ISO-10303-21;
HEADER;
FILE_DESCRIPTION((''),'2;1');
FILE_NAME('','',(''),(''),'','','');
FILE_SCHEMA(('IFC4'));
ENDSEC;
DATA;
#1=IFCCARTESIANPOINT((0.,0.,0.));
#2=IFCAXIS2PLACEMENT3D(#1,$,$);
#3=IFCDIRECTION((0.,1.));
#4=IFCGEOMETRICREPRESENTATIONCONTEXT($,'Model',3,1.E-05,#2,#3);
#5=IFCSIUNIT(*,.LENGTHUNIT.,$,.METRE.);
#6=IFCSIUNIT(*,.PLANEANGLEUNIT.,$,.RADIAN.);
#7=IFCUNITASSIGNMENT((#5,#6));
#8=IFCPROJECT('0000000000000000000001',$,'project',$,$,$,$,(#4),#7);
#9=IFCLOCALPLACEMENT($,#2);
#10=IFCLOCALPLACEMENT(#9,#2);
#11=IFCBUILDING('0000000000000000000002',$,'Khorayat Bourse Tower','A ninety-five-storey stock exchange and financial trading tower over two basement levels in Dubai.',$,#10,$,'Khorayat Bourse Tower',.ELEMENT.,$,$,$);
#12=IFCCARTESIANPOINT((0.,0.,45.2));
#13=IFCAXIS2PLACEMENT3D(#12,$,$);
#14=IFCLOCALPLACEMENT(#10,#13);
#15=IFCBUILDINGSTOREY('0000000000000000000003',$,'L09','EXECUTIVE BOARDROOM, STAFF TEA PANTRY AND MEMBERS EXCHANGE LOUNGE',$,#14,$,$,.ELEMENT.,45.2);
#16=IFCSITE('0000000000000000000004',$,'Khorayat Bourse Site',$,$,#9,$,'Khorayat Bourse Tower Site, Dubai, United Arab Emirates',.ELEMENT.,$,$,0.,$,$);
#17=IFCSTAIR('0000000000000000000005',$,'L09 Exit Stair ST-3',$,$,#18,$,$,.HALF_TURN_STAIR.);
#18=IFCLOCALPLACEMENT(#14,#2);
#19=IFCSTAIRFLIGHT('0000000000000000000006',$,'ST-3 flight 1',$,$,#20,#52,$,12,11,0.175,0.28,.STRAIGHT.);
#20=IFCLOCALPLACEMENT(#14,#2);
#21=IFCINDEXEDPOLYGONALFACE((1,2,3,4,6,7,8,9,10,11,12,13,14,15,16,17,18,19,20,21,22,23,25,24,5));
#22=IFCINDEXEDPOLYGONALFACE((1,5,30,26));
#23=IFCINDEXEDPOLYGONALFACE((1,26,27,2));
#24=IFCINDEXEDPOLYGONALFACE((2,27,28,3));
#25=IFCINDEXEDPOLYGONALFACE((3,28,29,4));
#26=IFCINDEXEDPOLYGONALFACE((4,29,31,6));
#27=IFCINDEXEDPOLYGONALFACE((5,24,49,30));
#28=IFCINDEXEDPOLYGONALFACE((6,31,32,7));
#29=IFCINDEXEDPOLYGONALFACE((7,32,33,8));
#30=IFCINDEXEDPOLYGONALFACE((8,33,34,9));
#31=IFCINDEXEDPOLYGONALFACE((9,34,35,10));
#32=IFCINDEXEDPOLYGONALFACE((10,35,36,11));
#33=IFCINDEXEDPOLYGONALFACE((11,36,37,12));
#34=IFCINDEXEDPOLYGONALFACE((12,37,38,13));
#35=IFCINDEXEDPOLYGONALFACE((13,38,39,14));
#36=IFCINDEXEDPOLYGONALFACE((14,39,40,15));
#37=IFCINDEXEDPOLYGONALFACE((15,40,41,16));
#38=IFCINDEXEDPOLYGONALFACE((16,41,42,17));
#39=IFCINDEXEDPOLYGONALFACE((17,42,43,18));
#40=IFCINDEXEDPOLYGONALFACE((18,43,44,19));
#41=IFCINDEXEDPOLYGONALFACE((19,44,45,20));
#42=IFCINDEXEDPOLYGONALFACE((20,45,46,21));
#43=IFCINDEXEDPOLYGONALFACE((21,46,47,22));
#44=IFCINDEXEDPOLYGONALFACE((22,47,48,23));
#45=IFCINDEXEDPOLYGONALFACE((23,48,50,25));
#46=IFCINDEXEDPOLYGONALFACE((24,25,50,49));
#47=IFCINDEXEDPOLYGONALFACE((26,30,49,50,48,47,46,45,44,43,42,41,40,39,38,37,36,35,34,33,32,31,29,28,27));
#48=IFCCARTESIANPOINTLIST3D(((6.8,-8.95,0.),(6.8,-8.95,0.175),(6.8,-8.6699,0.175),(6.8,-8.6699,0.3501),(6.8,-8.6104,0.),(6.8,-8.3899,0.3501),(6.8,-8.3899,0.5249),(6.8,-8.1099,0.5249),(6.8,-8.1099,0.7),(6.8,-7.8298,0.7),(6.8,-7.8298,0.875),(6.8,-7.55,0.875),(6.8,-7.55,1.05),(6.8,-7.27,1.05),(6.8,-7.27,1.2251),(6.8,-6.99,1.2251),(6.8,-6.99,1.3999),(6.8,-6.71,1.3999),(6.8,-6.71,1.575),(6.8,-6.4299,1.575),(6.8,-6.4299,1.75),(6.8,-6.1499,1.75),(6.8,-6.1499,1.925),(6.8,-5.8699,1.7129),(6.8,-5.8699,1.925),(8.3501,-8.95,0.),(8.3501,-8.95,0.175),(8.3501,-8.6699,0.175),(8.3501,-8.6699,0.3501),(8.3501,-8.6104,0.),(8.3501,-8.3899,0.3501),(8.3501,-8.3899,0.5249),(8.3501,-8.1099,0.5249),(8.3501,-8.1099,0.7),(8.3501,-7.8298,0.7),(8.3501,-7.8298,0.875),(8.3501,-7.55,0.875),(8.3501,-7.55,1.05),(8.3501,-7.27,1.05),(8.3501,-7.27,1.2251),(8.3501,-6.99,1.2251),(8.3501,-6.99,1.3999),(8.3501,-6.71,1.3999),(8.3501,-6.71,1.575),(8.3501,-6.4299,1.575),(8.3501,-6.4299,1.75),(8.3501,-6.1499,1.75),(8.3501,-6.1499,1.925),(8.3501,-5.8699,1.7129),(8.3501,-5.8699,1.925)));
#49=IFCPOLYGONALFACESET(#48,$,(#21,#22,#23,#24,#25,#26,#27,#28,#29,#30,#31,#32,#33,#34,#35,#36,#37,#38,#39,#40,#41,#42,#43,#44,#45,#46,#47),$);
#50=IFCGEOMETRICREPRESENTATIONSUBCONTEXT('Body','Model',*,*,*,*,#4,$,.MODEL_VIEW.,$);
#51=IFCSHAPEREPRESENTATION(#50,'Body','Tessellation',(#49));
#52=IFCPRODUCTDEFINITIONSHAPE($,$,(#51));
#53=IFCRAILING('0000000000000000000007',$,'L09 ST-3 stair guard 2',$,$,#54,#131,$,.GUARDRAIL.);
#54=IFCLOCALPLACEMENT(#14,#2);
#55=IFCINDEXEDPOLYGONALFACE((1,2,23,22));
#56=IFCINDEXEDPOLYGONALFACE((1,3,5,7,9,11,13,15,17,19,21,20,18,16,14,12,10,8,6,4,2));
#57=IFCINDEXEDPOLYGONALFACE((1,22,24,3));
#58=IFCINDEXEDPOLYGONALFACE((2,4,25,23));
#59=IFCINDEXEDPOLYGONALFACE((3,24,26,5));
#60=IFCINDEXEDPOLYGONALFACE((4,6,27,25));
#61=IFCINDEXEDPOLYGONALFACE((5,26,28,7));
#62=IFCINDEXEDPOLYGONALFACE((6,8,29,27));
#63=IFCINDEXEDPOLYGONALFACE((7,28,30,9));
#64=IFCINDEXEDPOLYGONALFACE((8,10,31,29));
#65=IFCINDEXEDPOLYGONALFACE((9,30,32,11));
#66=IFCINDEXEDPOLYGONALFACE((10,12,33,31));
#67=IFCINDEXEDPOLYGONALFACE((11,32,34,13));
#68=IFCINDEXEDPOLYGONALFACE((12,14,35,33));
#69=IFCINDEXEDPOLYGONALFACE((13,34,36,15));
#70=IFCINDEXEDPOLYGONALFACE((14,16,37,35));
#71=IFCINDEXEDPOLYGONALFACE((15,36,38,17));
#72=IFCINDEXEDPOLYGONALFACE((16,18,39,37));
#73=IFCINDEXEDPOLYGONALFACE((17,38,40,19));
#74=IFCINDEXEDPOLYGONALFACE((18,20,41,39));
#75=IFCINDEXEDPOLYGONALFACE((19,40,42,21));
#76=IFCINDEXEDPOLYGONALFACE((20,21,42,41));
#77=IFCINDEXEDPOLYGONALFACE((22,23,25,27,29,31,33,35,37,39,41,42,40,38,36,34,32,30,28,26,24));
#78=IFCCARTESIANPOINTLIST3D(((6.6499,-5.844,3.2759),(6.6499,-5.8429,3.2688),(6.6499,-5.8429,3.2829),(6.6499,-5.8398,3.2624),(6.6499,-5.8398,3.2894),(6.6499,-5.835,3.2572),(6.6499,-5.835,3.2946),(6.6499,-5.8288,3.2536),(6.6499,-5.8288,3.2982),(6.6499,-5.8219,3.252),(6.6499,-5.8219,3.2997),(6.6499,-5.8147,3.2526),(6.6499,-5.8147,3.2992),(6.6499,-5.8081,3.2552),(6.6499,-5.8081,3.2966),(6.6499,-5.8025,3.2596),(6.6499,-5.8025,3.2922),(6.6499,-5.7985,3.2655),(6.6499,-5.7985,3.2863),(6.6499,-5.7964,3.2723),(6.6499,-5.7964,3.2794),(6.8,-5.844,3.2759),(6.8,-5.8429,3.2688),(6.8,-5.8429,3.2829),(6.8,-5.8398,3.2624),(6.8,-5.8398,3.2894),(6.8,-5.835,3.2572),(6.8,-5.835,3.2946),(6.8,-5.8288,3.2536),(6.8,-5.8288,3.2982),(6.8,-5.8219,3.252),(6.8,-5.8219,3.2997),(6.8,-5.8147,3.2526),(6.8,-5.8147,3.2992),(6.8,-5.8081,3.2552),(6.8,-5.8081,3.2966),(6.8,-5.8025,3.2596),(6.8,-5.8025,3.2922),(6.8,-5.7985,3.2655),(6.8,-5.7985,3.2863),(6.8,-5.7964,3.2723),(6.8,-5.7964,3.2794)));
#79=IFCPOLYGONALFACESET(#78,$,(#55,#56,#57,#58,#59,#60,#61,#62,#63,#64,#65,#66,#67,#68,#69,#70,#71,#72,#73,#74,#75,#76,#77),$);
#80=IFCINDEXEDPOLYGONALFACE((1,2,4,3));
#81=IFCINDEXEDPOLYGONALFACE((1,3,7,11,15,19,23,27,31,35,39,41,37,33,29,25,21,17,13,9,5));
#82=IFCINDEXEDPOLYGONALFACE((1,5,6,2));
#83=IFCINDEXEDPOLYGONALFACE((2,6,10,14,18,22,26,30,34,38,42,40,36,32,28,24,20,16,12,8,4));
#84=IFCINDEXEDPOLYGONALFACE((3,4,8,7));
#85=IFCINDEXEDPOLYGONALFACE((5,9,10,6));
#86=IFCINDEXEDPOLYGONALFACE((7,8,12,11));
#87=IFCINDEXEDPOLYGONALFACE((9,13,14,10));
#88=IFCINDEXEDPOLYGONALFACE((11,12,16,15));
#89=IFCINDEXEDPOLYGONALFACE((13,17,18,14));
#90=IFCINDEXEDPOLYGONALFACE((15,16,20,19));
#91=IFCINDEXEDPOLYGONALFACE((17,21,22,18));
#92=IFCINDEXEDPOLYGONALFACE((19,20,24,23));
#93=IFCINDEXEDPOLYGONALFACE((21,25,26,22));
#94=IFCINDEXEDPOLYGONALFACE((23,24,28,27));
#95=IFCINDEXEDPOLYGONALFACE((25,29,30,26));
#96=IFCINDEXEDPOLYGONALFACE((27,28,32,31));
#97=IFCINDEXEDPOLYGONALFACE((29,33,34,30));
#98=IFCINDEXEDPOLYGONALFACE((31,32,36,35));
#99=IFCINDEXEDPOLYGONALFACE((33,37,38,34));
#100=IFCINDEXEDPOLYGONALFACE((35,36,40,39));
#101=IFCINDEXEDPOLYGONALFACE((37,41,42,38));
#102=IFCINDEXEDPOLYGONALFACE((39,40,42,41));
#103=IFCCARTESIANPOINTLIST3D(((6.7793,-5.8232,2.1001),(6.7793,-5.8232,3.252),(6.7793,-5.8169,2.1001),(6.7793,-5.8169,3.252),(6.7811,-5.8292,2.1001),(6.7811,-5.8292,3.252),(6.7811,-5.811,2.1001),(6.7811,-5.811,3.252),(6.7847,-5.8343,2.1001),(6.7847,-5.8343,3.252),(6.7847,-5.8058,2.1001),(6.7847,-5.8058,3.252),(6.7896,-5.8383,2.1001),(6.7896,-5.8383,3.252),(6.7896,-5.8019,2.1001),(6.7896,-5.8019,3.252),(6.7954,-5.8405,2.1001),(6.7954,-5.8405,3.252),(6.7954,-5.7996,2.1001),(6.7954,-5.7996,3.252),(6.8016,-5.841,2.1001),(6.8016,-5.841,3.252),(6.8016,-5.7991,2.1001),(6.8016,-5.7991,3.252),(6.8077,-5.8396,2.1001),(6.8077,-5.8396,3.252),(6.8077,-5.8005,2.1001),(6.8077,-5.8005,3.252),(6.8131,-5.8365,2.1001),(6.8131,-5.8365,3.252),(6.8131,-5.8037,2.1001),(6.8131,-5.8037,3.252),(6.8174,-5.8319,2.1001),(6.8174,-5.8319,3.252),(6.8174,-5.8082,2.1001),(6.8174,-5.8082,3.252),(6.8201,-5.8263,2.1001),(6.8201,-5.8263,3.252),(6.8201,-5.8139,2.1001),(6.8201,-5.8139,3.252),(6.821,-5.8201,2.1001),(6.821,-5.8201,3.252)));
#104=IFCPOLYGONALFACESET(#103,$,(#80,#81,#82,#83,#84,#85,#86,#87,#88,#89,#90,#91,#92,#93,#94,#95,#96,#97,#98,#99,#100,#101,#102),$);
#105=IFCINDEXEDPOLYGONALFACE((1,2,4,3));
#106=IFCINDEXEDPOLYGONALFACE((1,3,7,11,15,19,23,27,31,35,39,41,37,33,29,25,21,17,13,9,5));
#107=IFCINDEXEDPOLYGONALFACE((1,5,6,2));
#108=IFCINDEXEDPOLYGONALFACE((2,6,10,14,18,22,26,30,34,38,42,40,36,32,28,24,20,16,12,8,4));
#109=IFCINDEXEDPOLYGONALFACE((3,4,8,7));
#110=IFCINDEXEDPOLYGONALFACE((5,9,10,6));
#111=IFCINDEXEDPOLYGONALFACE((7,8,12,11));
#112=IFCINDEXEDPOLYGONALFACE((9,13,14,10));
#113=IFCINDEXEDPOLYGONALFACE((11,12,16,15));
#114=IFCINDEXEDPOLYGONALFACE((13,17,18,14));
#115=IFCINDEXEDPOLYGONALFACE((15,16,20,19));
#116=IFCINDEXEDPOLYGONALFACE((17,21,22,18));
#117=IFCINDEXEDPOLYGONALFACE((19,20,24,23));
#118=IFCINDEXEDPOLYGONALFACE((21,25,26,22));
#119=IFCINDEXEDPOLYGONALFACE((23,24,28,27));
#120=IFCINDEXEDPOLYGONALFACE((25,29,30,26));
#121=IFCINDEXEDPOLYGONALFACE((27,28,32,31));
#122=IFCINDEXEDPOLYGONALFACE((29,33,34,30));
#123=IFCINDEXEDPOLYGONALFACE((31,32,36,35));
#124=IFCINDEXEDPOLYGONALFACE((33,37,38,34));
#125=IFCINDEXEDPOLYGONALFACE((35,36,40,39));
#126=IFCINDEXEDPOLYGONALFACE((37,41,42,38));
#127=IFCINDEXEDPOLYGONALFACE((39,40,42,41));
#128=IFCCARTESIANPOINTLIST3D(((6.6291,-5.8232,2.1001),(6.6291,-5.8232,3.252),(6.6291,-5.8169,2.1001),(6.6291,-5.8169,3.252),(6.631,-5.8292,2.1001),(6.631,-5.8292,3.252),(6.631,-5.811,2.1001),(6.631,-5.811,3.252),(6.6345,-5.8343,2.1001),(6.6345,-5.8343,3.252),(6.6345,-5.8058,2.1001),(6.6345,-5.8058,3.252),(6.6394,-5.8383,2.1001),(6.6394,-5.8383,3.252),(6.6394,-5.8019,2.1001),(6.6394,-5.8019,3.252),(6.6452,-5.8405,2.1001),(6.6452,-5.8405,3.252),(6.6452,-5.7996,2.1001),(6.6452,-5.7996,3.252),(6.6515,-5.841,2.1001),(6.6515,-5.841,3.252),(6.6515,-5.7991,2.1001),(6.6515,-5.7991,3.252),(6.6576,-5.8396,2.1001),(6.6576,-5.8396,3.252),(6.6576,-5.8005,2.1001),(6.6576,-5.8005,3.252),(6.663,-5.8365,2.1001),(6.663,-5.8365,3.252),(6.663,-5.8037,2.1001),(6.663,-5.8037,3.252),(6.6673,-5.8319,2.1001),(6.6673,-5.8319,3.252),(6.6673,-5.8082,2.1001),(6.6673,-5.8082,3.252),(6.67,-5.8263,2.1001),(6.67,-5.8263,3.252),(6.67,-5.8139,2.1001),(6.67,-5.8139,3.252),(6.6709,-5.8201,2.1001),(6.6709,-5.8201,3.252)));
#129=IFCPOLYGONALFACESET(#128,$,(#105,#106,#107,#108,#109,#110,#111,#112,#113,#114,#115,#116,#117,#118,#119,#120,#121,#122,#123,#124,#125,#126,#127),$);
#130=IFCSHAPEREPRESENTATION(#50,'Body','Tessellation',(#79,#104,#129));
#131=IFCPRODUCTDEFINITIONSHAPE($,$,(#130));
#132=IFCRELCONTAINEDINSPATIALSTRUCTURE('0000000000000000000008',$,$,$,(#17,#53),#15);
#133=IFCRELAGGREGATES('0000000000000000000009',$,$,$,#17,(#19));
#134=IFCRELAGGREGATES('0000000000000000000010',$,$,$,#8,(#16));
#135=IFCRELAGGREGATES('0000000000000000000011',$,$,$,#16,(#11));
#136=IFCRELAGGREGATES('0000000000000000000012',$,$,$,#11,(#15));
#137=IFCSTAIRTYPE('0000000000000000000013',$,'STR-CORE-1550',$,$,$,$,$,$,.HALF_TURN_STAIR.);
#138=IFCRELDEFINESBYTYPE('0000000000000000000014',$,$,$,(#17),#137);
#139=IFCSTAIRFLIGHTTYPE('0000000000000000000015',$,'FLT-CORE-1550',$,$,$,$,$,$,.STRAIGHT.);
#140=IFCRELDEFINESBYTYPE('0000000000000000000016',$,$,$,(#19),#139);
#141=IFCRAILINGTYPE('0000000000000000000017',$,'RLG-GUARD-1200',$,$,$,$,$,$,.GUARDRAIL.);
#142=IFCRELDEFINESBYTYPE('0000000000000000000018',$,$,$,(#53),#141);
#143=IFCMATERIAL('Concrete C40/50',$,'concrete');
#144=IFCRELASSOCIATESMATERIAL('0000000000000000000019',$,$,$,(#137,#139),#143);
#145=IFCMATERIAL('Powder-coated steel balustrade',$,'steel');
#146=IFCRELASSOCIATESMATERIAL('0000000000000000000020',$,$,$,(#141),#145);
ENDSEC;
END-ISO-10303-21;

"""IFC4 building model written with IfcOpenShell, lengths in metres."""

from ifc_helpers import new_model, si_unit, direction, frame, origin, origin_2d, place, context, subcontext, project, spatial, polyline, circle, outline, extrude, source, transform, mapped, material, type_object, element, aggregate, save


model = new_model("IFC4")

# Units and contexts
model_context = context("Model", 3, precision=1e-05, world=origin(), true_north=direction((0.0, 1.0)))
body_context = subcontext(model_context, "Body", "Model", "MODEL_VIEW")
ifc_project = project(units=[si_unit("LENGTHUNIT", "METRE"), si_unit("PLANEANGLEUNIT", "RADIAN")], contexts=[model_context])

# Site, building, storey
site_placement = place(None, origin())
site = spatial("IfcSite", under=ifc_project, at=site_placement, Name="Khorayat Bourse Site", LongName="Khorayat Bourse Tower Site, Dubai, United Arab Emirates", CompositionType="ELEMENT", RefElevation=0.0)
building_placement = place(site_placement, origin())
building = spatial("IfcBuilding", under=site, at=building_placement, Name="Khorayat Bourse Tower", Description="A ninety-five-storey stock exchange and financial trading tower over two basement levels in Dubai.", LongName="Khorayat Bourse Tower", CompositionType="ELEMENT")
storey_placement = place(building_placement, frame((0.0, 0.0, 45.2)))
storey = spatial("IfcBuildingStorey", under=building, at=storey_placement, Name="L09", Description="EXECUTIVE BOARDROOM, STAFF TEA PANTRY AND MEMBERS EXCHANGE LOUNGE", CompositionType="ELEMENT", Elevation=45.2)

# Stair, stair flight
ifc_material_1 = material(Name="Concrete C40/50", Category="concrete")
stair_type = type_object("IfcStairType", Name="STR-CORE-1550", PredefinedType="HALF_TURN_STAIR", material=ifc_material_1)
stair_placement = place(storey_placement, origin())
stair = element("IfcStair", 1, at=stair_placement, inside=storey, type_object=stair_type, Name="L09 Exit Stair ST-3", PredefinedType="HALF_TURN_STAIR")
stair_flight_type = type_object("IfcStairFlightType", Name="FLT-CORE-1550", PredefinedType="STRAIGHT", material=ifc_material_1)
shared_shape_1 = source(origin(), body_context, "Body", "SweptSolid", [
    extrude(outline(polyline([(0.0, 0.0), (0.0, 0.175), (0.28, 0.175), (0.28, 0.3501), (0.5601, 0.3501), (0.5601, 0.5249), (0.8401, 0.5249), (0.8401, 0.7), (1.1201, 0.7), (1.1201, 0.875), (1.3999, 0.875), (1.3999, 1.05), (1.6799, 1.05), (1.6799, 1.2251), (1.96, 1.2251), (1.96, 1.3999), (2.24, 1.3999), (2.24, 1.575), (2.52, 1.575), (2.52, 1.75), (2.8, 1.75), (2.8, 1.925), (3.0801, 1.925), (3.0801, 2.1001), (3.0801, 1.7129), (0.3396, 0.0), (0.0, 0.0)])), frame((0.0, 0.7749, 0.0), z_axis=(0.0, -1.0, 0.0), x_axis=(1.0, 0.0, 0.0)), (0.0, 0.0, 1.0), 1.55),
])
stair_flight_placement = place(storey_placement, frame((7.575, -8.95, 0.0), z_axis=(0.0, 0.0, 1.0), x_axis=(0.0, 1.0, 0.0)))
stair_flight = element("IfcStairFlight", 2, at=stair_flight_placement, type_object=stair_flight_type, Name="ST-3 flight 1", NumberOfRisers=12, NumberOfTreads=11, PredefinedType="STRAIGHT", RiserHeight=0.175, TreadLength=0.28, context=body_context, shape_type="MappedRepresentation", body=[
    mapped(shared_shape_1, transform((0.0, 0.0, 0.0), scale=1.0)),
])
aggregate(stair, [stair_flight])

# Railing
ifc_material_2 = material(Name="Powder-coated steel balustrade", Category="steel")
railing_type_1 = type_object("IfcRailingType", Name="RLG-GUARD-1200", PredefinedType="GUARDRAIL", material=ifc_material_2)
shared_shape_2 = source(origin(), body_context, "Body", "SweptSolid", [
    extrude(circle(Radius=0.0239, at=origin_2d()), frame((0.0, 0.0, 1.1758), z_axis=(-1.0, 0.0, 0.0), x_axis=(0.0, -1.0, 0.0)), (0.0, 0.0, 1.0), 0.1501),
    extrude(circle(Radius=0.021, at=origin_2d()), origin(), (0.0, 0.0, 1.0), 1.1519),
    extrude(circle(Radius=0.021, at=origin_2d()), frame((-0.1501, 0.0, 0.0)), (0.0, 0.0, 1.0), 1.1519),
])
railing_1_placement = place(storey_placement, frame((6.8, -5.8201, 2.1001)))
element("IfcRailing", 3, at=railing_1_placement, inside=storey, type_object=railing_type_1, Name="L09 ST-3 stair guard 2", PredefinedType="GUARDRAIL", context=body_context, shape_type="MappedRepresentation", body=[
    mapped(shared_shape_2, transform((0.0, 0.0, 0.0), scale=1.0)),
])

save(model, "model.ifc")
